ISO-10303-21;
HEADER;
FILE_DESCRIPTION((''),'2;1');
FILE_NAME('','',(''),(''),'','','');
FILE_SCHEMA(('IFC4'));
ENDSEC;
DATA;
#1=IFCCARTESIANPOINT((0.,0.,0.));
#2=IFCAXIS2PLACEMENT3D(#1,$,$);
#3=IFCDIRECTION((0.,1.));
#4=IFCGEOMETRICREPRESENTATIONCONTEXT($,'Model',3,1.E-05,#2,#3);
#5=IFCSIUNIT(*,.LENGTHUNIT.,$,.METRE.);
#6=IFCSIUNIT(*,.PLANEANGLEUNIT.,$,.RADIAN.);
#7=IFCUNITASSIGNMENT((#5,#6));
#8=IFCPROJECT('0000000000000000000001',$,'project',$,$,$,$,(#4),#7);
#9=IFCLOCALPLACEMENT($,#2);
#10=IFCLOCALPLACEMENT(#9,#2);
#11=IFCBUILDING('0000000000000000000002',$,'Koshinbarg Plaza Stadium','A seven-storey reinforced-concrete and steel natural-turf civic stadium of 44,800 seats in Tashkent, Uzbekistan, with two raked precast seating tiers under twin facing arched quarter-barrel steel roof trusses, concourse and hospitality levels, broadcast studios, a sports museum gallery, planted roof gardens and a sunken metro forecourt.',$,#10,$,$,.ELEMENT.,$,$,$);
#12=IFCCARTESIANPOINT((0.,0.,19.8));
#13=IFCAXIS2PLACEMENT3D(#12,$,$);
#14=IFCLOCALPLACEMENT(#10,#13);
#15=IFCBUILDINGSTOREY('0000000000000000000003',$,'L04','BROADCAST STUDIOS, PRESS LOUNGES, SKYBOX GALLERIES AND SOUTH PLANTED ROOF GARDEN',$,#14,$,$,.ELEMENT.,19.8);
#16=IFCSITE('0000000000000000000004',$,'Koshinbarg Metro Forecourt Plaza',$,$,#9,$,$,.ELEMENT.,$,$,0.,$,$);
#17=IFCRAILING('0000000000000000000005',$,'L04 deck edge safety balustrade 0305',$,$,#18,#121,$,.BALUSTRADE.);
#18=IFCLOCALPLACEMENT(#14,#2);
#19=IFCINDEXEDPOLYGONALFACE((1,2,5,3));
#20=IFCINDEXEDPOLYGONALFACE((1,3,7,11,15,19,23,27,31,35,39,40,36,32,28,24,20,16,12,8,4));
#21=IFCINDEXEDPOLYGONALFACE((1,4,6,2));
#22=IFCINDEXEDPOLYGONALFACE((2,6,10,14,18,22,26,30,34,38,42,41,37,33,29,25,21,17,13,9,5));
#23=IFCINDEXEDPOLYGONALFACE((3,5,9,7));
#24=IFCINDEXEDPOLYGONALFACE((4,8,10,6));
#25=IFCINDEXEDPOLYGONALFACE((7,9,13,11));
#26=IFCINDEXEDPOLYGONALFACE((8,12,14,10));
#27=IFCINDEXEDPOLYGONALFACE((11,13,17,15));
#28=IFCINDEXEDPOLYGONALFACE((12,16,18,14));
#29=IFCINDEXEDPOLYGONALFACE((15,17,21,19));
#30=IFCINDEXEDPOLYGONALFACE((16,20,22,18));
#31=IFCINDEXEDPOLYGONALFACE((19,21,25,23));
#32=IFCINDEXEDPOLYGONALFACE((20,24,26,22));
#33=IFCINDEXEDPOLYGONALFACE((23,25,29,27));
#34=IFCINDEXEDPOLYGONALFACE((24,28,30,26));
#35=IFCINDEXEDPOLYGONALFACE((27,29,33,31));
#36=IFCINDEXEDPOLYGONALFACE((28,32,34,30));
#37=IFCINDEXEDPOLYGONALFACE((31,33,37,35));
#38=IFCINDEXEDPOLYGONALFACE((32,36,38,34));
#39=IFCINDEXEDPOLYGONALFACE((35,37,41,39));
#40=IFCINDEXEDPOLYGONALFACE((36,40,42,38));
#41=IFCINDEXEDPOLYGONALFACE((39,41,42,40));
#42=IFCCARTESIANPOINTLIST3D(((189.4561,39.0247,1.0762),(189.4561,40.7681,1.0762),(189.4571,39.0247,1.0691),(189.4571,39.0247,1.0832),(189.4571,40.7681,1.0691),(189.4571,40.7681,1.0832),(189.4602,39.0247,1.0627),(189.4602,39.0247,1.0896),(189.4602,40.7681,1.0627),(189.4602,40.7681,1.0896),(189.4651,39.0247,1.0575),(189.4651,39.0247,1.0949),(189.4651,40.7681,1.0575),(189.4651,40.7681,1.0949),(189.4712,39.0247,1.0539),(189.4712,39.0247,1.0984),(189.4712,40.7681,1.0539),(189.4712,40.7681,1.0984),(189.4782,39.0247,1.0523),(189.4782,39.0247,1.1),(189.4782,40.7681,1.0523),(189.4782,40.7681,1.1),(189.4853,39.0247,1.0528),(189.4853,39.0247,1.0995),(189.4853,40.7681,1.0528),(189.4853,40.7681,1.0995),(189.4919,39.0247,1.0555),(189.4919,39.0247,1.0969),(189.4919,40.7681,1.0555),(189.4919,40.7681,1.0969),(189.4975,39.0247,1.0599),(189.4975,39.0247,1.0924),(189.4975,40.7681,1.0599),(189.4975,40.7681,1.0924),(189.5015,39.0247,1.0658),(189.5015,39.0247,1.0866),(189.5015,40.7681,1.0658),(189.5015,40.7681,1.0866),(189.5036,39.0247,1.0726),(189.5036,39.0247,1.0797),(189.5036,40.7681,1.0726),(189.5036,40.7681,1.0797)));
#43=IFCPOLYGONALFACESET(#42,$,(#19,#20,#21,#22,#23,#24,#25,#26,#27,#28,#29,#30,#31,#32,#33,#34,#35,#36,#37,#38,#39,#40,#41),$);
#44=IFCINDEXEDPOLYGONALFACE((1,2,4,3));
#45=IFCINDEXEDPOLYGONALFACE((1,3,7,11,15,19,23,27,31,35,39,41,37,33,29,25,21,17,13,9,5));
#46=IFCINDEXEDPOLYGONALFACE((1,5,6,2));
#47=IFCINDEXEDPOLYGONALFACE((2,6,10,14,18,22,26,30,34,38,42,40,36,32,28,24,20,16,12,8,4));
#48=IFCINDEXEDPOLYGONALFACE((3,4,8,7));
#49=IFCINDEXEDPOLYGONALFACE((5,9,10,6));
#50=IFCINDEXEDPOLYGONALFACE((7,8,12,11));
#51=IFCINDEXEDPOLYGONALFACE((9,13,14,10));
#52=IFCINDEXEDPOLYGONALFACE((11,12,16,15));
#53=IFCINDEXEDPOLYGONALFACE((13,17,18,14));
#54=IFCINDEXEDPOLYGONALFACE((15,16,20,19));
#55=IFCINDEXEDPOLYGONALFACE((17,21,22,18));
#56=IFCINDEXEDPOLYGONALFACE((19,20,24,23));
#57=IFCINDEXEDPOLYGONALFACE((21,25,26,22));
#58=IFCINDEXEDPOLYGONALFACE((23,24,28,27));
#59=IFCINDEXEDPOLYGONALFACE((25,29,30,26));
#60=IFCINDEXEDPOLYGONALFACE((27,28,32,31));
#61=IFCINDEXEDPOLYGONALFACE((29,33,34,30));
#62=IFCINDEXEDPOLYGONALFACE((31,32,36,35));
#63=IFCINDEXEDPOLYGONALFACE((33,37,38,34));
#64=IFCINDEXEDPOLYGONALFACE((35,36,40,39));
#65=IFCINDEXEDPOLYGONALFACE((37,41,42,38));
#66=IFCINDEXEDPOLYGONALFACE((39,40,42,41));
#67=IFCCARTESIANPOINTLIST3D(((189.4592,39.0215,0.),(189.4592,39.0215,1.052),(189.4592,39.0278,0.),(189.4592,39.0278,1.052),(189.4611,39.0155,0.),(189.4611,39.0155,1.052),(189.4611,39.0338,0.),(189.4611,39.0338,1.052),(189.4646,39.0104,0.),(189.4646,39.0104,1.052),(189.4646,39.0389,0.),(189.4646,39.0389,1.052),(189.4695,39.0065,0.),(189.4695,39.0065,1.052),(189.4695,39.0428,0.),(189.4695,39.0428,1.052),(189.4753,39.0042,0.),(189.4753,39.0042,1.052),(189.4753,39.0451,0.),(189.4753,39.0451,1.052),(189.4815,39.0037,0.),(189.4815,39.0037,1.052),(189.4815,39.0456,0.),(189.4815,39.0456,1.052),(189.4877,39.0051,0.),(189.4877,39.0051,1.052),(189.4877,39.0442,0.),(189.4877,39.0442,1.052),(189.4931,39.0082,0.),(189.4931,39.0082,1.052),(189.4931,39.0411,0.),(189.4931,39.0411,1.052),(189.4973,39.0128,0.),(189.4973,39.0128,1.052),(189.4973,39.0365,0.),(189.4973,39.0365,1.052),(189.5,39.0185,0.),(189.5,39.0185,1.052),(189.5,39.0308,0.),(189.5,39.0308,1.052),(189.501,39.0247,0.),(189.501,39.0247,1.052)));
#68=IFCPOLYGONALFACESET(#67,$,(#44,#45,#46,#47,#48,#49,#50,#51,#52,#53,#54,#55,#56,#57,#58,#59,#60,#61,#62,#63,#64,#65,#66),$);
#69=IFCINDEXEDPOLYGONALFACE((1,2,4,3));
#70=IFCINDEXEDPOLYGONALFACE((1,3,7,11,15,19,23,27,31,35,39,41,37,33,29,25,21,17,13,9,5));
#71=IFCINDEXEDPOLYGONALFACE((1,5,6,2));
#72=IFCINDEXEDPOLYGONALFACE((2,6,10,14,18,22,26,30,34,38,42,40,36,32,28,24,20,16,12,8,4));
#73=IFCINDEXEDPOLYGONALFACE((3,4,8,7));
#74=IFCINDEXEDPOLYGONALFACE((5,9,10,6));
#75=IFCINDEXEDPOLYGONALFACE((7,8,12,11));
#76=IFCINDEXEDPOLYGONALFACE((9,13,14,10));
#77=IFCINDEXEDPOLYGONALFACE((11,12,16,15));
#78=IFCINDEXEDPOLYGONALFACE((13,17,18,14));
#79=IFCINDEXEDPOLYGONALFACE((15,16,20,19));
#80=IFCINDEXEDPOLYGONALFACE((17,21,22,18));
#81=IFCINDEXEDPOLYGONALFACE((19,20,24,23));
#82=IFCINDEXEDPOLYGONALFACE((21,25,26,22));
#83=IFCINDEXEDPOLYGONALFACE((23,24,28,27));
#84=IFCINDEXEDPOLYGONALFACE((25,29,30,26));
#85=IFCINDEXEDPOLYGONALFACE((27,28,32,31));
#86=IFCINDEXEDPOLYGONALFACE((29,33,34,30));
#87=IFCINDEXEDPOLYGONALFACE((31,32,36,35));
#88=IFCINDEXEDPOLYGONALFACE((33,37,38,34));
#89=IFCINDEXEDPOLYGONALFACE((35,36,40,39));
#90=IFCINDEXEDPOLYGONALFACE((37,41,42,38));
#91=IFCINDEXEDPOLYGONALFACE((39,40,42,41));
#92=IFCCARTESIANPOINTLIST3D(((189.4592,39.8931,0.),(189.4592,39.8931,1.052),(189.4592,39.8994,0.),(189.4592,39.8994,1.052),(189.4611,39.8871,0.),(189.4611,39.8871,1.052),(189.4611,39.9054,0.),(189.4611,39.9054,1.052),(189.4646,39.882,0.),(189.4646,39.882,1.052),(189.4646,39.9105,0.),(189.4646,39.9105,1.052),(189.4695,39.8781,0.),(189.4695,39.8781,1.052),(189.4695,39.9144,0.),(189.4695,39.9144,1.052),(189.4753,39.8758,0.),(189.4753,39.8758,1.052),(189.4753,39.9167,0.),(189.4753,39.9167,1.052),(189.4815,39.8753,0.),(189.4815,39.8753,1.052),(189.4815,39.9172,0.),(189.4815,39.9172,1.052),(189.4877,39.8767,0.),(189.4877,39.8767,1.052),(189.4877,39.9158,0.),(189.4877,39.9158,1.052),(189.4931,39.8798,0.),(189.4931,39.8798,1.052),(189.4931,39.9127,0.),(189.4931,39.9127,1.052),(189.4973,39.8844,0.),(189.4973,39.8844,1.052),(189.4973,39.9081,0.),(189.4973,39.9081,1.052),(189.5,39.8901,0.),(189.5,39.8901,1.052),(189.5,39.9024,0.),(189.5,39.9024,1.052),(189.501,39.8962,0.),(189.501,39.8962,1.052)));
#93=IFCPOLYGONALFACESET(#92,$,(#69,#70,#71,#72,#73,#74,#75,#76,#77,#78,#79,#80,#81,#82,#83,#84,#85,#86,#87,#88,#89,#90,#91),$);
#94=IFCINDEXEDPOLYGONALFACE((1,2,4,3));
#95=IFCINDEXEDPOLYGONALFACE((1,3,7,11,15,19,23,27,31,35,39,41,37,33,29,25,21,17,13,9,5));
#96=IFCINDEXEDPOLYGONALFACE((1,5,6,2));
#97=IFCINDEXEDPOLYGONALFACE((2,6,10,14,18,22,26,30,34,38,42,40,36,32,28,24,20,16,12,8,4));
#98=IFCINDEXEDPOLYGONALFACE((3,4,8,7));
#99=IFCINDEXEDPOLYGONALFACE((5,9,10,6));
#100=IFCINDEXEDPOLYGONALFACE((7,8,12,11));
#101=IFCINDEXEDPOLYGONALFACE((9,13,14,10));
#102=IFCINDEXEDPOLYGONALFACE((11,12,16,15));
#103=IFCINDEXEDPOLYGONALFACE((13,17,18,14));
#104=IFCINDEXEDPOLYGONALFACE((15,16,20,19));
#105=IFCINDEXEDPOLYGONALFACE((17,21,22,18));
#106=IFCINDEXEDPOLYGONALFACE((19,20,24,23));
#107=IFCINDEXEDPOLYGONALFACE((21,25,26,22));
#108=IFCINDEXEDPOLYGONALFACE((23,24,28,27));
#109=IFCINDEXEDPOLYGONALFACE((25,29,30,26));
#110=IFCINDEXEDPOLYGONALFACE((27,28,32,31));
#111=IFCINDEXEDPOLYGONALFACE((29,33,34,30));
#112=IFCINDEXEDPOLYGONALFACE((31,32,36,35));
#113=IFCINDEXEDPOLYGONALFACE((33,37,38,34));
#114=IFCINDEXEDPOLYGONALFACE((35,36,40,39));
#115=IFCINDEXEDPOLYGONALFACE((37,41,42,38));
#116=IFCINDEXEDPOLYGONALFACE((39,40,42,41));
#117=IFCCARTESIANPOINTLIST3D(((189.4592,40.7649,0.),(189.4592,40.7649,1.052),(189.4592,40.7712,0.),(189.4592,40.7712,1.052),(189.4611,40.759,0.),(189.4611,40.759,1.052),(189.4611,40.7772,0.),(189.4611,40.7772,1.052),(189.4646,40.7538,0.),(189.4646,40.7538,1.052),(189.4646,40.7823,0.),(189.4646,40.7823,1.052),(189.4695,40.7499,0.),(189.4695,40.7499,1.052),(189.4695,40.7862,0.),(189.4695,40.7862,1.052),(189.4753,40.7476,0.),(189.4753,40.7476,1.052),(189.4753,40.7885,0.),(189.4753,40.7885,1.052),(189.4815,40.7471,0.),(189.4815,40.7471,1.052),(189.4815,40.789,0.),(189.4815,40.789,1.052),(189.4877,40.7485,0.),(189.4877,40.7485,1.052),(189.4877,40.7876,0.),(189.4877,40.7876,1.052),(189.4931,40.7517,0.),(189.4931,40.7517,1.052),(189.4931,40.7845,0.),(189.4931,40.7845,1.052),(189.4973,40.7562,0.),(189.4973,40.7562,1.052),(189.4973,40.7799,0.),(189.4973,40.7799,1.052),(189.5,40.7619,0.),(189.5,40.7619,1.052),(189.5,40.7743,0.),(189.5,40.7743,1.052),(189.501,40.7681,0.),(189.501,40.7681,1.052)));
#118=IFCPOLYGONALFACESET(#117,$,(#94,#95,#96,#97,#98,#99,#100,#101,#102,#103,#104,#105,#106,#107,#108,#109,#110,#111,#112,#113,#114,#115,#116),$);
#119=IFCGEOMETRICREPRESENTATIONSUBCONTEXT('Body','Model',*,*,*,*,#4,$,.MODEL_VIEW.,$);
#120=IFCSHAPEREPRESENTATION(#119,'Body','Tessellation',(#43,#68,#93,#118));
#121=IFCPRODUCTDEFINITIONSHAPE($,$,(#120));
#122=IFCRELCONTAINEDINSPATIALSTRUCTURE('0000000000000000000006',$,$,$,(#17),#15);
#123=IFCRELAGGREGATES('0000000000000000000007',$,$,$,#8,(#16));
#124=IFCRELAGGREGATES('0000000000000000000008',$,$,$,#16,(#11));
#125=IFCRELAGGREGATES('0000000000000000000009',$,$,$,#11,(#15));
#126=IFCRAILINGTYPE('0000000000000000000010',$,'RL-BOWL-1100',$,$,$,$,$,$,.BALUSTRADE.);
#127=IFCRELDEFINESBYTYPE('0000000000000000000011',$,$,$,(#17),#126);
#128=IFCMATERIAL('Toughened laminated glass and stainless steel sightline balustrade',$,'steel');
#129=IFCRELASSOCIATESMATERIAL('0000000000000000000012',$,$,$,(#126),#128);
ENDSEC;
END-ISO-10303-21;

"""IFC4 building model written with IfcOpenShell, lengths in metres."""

from ifc_helpers import new_model, si_unit, direction, frame, origin, origin_2d, place, context, subcontext, project, spatial, circle, extrude, material, type_object, element, save


model = new_model("IFC4")

# Units and contexts
model_context = context("Model", 3, precision=1e-05, world=origin(), true_north=direction((0.0, 1.0)))
body_context = subcontext(model_context, "Body", "Model", "MODEL_VIEW")
ifc_project = project(units=[si_unit("LENGTHUNIT", "METRE"), si_unit("PLANEANGLEUNIT", "RADIAN")], contexts=[model_context])

# Site, building, storey
site_placement = place(None, origin())
site = spatial("IfcSite", under=ifc_project, at=site_placement, Name="Koshinbarg Metro Forecourt Plaza", CompositionType="ELEMENT", RefElevation=0.0)
building_placement = place(site_placement, origin())
building = spatial("IfcBuilding", under=site, at=building_placement, Name="Koshinbarg Plaza Stadium", Description="A seven-storey reinforced-concrete and steel natural-turf civic stadium of 44,800 seats in Tashkent, Uzbekistan, with two raked precast seating tiers under twin facing arched quarter-barrel steel roof trusses, concourse and hospitality levels, broadcast studios, a sports museum gallery, planted roof gardens and a sunken metro forecourt.", CompositionType="ELEMENT")
storey_placement = place(building_placement, frame((0.0, 0.0, 19.8)))
storey = spatial("IfcBuildingStorey", under=building, at=storey_placement, Name="L04", Description="BROADCAST STUDIOS, PRESS LOUNGES, SKYBOX GALLERIES AND SOUTH PLANTED ROOF GARDEN", CompositionType="ELEMENT", Elevation=19.8)

# Railing
ifc_material_1 = material(Name="Toughened laminated glass and stainless steel sightline balustrade", Category="steel")
railing_type = type_object("IfcRailingType", Name="RL-BOWL-1100", PredefinedType="BALUSTRADE", material=ifc_material_1)
railing_placement = place(storey_placement, frame((189.48, 39.0247, 0.0)))
element("IfcRailing", 1, at=railing_placement, inside=storey, type_object=railing_type, Name="L04 deck edge safety balustrade 0305", PredefinedType="BALUSTRADE", context=body_context, shape_type="SweptSolid", body=[
    extrude(circle(Radius=0.0239, at=origin_2d()), frame((0.0, 0.0, 1.0762), z_axis=(0.0, 1.0, 0.0), x_axis=(-1.0, 0.0, 0.0)), (0.0, 0.0, 1.0), 1.7434),
    extrude(circle(Radius=0.021, at=origin_2d()), origin(), (0.0, 0.0, 1.0), 1.052),
    extrude(circle(Radius=0.021, at=origin_2d()), frame((0.0, 0.8716, 0.0)), (0.0, 0.0, 1.0), 1.052),
    extrude(circle(Radius=0.021, at=origin_2d()), frame((0.0, 1.7434, 0.0)), (0.0, 0.0, 1.0), 1.052),
])

save(model, "model.ifc")
